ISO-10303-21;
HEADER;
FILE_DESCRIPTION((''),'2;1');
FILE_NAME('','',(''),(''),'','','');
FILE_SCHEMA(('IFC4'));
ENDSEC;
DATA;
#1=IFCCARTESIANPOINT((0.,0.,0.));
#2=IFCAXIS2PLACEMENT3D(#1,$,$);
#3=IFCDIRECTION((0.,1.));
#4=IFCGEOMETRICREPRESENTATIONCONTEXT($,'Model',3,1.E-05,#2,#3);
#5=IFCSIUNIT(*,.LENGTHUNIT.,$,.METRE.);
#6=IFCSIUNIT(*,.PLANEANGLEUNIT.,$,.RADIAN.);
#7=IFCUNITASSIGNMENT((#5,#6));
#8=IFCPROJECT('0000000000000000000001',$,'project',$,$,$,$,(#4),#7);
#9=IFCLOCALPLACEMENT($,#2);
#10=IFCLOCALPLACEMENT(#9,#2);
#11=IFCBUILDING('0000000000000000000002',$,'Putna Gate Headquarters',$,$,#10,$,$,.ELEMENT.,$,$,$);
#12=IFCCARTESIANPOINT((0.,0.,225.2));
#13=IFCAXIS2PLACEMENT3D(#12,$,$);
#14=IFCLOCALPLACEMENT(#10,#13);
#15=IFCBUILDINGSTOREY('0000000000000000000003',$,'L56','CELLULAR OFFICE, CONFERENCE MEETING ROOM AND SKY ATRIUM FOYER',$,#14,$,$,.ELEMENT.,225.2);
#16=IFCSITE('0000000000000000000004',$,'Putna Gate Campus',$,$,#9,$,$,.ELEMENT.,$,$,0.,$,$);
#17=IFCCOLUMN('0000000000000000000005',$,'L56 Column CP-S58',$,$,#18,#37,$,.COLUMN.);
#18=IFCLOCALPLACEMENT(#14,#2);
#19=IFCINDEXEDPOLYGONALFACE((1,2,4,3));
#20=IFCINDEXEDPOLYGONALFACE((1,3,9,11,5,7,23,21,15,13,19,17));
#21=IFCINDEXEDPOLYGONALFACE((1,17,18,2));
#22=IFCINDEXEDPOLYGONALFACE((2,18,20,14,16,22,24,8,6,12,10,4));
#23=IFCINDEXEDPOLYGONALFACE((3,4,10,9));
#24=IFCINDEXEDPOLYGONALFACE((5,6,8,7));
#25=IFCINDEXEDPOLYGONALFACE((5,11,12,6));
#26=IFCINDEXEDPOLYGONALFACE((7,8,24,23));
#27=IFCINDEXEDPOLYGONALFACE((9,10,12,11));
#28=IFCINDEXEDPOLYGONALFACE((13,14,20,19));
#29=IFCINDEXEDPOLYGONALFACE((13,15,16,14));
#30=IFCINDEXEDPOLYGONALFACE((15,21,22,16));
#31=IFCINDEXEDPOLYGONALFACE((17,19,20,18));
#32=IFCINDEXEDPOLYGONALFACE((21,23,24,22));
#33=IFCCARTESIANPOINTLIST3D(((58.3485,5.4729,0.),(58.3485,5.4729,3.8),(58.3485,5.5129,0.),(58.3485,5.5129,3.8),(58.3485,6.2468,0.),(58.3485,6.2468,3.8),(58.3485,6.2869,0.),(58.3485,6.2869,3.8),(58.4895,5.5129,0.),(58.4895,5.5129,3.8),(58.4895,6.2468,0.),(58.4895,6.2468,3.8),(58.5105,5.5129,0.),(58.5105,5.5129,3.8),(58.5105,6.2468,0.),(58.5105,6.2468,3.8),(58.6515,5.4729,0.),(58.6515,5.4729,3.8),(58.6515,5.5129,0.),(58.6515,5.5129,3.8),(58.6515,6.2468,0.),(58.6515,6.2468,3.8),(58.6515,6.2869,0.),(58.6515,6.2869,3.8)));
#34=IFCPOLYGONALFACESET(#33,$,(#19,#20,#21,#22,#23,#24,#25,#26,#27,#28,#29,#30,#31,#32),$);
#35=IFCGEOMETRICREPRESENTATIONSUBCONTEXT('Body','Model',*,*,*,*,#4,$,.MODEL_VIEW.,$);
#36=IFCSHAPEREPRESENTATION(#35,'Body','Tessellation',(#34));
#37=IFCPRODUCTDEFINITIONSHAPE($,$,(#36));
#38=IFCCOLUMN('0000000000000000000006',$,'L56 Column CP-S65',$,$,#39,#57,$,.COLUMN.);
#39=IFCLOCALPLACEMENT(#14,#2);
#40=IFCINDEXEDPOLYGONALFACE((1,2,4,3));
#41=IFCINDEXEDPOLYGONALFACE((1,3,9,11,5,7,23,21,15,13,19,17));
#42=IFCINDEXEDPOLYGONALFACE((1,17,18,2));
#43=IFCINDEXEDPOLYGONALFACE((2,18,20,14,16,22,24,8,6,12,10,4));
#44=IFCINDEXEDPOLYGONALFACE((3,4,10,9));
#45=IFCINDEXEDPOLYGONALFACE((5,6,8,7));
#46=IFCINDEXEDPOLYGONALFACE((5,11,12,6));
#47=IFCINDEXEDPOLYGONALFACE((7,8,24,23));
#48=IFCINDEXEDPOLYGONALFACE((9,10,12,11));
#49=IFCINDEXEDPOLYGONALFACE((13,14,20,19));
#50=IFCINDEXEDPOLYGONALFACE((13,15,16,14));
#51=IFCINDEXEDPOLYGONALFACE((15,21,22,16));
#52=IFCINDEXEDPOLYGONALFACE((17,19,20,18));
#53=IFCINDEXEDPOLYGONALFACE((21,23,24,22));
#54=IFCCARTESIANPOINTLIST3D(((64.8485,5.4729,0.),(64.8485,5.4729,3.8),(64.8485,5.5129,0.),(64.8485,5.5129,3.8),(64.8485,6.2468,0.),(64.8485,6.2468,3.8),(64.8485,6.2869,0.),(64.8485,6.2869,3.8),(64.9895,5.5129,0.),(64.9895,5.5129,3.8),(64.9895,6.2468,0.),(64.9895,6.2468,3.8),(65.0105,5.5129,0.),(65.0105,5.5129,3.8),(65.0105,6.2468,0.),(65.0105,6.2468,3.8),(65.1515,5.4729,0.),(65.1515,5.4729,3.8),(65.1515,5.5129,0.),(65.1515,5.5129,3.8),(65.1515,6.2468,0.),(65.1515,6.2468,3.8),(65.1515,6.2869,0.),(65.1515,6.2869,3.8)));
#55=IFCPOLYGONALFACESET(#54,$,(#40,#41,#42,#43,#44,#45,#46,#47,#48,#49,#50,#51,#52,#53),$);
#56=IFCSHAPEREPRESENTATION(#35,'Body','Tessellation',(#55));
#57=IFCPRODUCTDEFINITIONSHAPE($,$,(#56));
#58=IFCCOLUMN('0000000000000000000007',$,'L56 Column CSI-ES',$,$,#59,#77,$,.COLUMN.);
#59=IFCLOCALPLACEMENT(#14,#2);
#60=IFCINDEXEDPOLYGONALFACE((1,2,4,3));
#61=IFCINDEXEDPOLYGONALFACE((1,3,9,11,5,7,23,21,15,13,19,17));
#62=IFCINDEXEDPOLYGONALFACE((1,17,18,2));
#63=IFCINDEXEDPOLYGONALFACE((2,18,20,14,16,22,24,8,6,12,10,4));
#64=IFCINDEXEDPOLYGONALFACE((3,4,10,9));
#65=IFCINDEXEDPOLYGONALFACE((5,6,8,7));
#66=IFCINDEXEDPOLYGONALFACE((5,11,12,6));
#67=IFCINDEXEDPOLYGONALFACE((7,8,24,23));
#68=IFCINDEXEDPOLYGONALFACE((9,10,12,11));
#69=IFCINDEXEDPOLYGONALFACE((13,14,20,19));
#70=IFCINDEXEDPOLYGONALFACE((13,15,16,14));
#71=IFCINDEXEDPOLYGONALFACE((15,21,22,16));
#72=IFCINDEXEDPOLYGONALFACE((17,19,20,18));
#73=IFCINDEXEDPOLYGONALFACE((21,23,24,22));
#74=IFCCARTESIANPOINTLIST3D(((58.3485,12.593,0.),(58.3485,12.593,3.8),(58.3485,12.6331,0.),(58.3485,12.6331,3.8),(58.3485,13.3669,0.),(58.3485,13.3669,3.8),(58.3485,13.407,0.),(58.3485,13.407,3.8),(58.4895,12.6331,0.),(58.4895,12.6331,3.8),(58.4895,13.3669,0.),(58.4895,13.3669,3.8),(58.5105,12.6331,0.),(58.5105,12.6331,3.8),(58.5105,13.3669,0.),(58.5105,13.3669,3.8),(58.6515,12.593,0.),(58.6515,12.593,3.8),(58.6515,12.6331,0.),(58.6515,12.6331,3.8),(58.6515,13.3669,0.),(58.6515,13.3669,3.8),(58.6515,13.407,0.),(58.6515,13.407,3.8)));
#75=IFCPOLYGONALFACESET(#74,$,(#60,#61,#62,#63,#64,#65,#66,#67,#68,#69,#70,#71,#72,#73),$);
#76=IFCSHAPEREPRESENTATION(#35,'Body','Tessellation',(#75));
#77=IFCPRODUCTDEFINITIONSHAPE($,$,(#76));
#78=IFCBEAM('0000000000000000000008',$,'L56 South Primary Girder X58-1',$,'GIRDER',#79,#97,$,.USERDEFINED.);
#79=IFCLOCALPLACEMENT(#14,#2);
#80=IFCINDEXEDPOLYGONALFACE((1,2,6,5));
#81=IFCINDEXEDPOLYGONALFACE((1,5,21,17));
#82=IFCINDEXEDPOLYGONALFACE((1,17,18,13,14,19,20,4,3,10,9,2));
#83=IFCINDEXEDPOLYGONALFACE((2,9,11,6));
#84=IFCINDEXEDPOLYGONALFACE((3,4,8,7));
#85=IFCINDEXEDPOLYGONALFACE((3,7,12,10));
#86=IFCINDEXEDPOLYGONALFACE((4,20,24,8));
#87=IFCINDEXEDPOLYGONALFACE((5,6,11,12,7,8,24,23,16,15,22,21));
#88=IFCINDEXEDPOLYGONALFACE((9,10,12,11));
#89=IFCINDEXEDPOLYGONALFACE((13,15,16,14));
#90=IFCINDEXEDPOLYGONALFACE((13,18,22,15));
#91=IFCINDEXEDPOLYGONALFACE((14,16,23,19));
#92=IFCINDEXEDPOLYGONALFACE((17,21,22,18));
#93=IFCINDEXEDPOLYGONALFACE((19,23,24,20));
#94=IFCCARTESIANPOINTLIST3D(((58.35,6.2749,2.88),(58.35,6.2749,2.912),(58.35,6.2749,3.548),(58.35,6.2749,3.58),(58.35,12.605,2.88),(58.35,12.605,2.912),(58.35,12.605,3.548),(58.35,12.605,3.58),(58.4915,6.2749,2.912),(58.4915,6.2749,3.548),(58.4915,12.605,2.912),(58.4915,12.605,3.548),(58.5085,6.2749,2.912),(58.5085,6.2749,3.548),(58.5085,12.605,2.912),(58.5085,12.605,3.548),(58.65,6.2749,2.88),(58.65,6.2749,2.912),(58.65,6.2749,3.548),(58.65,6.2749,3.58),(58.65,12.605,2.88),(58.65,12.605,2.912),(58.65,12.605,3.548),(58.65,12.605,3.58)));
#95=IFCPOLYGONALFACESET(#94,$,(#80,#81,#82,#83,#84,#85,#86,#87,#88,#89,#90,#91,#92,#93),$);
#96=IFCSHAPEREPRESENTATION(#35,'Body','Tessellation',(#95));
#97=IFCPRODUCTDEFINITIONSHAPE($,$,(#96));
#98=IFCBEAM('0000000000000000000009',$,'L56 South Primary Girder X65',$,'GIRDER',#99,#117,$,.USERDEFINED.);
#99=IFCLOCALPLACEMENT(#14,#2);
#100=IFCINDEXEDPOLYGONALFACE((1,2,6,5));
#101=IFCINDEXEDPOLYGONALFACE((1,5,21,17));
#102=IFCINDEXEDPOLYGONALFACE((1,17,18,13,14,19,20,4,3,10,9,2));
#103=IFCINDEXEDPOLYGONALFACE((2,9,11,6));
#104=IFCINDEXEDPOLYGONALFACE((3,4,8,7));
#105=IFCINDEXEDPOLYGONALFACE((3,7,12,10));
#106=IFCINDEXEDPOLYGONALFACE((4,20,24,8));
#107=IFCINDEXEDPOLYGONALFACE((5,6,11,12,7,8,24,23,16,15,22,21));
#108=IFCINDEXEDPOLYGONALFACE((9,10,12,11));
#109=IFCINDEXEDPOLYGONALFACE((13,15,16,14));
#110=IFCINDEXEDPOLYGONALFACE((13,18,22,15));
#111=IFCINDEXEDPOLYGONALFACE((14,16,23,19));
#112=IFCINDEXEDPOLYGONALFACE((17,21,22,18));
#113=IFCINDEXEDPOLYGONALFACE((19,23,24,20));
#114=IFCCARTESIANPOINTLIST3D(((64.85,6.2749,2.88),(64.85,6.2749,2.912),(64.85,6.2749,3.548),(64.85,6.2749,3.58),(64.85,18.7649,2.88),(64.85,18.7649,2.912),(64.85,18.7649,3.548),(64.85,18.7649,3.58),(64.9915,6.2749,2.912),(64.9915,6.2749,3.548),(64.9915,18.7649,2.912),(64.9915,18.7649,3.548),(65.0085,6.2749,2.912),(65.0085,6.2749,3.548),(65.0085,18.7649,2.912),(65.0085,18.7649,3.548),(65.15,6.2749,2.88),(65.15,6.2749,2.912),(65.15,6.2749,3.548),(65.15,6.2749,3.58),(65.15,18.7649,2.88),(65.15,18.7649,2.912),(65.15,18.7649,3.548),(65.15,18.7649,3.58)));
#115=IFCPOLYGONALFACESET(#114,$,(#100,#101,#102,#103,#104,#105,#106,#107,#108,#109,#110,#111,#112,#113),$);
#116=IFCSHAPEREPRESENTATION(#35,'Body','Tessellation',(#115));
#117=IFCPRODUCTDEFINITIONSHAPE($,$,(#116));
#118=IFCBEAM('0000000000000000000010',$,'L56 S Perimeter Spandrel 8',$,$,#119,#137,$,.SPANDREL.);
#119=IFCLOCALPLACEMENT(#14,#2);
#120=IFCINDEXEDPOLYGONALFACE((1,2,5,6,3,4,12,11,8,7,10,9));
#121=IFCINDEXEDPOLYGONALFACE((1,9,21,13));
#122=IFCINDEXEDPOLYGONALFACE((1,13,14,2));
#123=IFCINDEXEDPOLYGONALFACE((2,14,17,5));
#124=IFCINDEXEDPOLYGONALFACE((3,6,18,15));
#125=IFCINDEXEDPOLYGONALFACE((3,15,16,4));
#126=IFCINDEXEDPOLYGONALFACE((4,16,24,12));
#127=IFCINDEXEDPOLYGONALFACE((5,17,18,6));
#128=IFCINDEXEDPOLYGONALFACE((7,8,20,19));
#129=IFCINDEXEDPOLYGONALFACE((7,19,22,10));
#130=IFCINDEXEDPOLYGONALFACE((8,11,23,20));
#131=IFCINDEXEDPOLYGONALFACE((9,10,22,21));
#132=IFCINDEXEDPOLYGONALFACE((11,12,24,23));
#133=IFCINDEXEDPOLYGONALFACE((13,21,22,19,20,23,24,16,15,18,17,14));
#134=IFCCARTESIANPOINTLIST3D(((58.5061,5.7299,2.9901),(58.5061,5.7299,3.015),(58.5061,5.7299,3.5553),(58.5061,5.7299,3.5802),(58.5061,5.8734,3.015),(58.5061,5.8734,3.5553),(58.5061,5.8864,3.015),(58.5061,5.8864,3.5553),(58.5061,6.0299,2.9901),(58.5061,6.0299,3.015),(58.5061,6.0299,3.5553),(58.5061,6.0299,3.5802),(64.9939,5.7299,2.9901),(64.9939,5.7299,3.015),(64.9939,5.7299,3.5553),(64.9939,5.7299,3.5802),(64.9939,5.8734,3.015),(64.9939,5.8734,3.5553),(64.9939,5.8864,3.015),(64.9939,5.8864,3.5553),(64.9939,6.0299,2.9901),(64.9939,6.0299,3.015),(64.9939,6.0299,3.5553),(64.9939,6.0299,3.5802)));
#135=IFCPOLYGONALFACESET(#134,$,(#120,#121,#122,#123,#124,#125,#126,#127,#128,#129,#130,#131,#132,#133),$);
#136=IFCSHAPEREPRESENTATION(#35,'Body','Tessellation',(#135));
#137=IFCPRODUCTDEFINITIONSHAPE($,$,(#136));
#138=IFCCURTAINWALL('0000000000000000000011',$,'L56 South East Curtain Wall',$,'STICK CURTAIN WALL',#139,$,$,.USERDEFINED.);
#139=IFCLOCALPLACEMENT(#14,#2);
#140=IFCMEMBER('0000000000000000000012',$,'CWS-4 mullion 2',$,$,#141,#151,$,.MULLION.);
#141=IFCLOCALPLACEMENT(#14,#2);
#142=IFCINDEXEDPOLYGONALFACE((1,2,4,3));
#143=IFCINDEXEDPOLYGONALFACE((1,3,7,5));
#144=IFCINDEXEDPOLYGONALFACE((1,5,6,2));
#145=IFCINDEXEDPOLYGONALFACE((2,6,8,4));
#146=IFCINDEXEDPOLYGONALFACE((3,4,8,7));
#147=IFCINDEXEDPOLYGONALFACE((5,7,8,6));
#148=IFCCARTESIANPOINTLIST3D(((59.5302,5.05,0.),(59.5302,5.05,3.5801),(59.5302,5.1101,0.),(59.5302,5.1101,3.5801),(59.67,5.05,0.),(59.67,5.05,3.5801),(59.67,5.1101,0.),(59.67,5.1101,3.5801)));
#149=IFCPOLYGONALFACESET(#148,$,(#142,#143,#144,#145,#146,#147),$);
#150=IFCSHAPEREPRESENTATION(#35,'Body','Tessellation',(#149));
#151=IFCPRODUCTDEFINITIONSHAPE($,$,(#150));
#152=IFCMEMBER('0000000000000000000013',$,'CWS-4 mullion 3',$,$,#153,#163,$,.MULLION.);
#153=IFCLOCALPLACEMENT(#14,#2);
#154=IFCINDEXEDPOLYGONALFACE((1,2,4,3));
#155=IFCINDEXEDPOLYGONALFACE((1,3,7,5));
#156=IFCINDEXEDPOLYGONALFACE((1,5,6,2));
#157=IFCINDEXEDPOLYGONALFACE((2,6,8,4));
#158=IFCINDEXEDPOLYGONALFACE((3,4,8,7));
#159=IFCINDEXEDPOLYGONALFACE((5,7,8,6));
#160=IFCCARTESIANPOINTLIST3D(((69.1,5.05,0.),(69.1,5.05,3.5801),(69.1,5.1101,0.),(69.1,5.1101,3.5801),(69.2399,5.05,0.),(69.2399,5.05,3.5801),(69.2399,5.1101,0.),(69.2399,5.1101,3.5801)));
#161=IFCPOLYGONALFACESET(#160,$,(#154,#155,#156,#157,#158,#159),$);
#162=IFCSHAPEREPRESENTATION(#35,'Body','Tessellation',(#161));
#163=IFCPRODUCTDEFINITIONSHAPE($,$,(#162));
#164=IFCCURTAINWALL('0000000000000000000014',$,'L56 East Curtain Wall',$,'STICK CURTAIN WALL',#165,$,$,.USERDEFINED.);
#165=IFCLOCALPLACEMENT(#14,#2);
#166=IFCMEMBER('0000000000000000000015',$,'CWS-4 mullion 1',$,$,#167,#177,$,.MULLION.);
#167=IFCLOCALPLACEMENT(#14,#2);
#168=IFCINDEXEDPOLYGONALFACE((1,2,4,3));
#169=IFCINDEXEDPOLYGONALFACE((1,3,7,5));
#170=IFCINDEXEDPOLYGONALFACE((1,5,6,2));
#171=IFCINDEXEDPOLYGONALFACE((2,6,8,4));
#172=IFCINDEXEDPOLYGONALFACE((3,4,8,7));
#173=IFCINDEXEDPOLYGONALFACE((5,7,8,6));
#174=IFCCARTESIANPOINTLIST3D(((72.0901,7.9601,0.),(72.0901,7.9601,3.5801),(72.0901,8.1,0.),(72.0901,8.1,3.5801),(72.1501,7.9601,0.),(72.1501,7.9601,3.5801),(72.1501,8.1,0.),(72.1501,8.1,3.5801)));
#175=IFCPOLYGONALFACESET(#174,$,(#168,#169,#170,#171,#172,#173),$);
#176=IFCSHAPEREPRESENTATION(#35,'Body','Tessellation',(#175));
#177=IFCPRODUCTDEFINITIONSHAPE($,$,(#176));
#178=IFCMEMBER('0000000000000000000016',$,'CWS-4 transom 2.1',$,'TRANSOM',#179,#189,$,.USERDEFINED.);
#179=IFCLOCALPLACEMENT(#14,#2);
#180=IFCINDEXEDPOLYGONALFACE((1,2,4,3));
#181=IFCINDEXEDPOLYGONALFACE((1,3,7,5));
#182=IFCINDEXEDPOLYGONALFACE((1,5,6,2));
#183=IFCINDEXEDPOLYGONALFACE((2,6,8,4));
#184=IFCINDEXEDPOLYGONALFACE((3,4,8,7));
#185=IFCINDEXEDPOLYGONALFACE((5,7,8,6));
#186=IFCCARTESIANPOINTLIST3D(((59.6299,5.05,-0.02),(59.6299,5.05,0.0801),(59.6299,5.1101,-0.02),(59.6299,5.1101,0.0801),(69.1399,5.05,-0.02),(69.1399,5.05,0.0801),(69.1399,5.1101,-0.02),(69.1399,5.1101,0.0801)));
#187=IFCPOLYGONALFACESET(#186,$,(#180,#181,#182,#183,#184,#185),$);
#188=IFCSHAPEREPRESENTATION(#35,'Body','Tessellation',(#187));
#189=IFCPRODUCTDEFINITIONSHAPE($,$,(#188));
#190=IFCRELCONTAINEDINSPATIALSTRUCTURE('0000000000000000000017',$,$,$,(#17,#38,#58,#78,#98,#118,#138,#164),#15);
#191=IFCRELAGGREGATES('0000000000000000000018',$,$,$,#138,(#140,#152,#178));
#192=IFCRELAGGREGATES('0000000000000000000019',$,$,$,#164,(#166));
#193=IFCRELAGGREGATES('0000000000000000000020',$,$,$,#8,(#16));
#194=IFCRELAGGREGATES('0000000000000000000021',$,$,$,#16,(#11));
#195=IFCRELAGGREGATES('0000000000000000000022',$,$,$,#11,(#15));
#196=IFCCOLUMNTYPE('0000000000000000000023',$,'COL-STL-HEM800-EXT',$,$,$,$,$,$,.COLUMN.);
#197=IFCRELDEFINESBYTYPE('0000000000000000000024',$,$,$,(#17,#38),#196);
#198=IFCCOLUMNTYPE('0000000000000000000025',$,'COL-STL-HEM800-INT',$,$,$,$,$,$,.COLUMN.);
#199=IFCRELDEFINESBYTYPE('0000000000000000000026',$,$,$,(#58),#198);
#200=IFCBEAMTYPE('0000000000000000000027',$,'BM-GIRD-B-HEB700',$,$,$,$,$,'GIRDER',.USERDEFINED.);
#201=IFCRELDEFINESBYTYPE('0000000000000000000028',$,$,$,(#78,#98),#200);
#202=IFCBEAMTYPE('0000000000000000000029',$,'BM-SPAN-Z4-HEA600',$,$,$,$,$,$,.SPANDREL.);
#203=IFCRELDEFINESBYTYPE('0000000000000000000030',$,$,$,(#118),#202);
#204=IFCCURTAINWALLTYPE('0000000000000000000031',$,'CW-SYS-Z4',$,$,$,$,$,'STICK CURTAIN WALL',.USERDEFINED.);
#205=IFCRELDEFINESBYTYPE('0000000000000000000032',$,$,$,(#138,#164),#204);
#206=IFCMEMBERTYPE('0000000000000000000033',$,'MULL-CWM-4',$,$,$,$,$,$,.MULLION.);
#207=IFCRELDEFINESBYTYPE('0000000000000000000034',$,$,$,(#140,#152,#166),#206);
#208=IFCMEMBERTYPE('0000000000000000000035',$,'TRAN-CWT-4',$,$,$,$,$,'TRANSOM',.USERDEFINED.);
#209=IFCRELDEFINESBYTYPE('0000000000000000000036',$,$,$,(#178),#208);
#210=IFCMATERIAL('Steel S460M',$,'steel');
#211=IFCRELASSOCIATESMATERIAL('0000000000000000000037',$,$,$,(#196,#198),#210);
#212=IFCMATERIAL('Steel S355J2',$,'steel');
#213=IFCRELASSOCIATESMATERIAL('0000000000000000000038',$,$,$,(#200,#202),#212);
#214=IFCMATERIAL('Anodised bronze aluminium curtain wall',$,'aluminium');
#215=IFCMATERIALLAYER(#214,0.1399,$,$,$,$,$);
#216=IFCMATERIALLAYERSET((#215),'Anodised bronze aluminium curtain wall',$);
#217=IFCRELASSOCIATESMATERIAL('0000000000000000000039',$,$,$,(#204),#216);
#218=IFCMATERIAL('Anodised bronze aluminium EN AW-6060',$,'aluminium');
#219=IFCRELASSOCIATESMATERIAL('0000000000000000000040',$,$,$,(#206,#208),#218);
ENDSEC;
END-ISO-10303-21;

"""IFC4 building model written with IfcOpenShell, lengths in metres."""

from ifc_helpers import new_model, si_unit, direction, frame, origin, origin_2d, place, context, subcontext, project, spatial, rectangle, i_section, extrude, material, layer, layer_set, material_profile, profile_set, type_object, element, aggregate, save


model = new_model("IFC4")

# Units and contexts
model_context = context("Model", 3, precision=1e-05, world=origin(), true_north=direction((0.0, 1.0)))
body_context = subcontext(model_context, "Body", "Model", "MODEL_VIEW")
ifc_project = project(units=[si_unit("LENGTHUNIT", "METRE"), si_unit("PLANEANGLEUNIT", "RADIAN")], contexts=[model_context])

# Site, building, storey
site_placement = place(None, origin())
site = spatial("IfcSite", under=ifc_project, at=site_placement, Name="Putna Gate Campus", CompositionType="ELEMENT", RefElevation=0.0)
building_placement = place(site_placement, origin())
building = spatial("IfcBuilding", under=site, at=building_placement, Name="Putna Gate Headquarters", CompositionType="ELEMENT")
storey_placement = place(building_placement, frame((0.0, 0.0, 225.2)))
storey = spatial("IfcBuildingStorey", under=building, at=storey_placement, Name="L56", Description="CELLULAR OFFICE, CONFERENCE MEETING ROOM AND SKY ATRIUM FOYER", CompositionType="ELEMENT", Elevation=225.2)

# Columns
ifc_material_1 = material(Name="Steel S460M", Category="steel")
ifc_material_profile_1 = material_profile(ifc_material_1, i_section(OverallWidth=0.303, OverallDepth=0.814, WebThickness=0.021, FlangeThickness=0.04, at=origin_2d()), Name="Steel S460M")
ifc_profile_set_1 = profile_set([ifc_material_profile_1], Name="Steel S460M")
column_type_1 = type_object("IfcColumnType", Name="COL-STL-HEM800-EXT", PredefinedType="COLUMN", material=ifc_profile_set_1)
for number, where, z_axis, x_axis, name in (
    (1, (58.5, 5.8799, 0.0), (0.0, 0.0, 1.0), (1.0, 0.0, 0.0), "L56 Column CP-S58"),
    (2, (65.0, 5.8799, 0.0), (0.0, 0.0, 1.0), (1.0, 0.0, 0.0), "L56 Column CP-S65"),
):
    element("IfcColumn", number, at=place(storey_placement, frame(where, z_axis=z_axis, x_axis=x_axis)), inside=storey, type_object=column_type_1, Name=name, PredefinedType="COLUMN", context=body_context, shape_type="SweptSolid", body=[
        extrude(i_section(OverallWidth=0.303, OverallDepth=0.814, WebThickness=0.021, FlangeThickness=0.04, at=origin_2d()), origin(), (0.0, 0.0, 1.0), 3.8),
    ])
ifc_material_profile_2 = material_profile(ifc_material_1, i_section(OverallWidth=0.303, OverallDepth=0.814, WebThickness=0.021, FlangeThickness=0.04, at=origin_2d()), Name="Steel S460M")
ifc_profile_set_2 = profile_set([ifc_material_profile_2], Name="Steel S460M")
column_type_2 = type_object("IfcColumnType", Name="COL-STL-HEM800-INT", PredefinedType="COLUMN", material=ifc_profile_set_2)
column_placement = place(storey_placement, frame((58.5, 13.0, 0.0), z_axis=(0.0, 0.0, 1.0), x_axis=(1.0, 0.0, 0.0)))
element("IfcColumn", 3, at=column_placement, inside=storey, type_object=column_type_2, Name="L56 Column CSI-ES", PredefinedType="COLUMN", context=body_context, shape_type="SweptSolid", body=[
    extrude(i_section(OverallWidth=0.303, OverallDepth=0.814, WebThickness=0.021, FlangeThickness=0.04, at=origin_2d()), origin(), (0.0, 0.0, 1.0), 3.8),
])

# Beams
ifc_material_2 = material(Name="Steel S355J2", Category="steel")
ifc_material_profile_3 = material_profile(ifc_material_2, i_section(OverallWidth=0.3, OverallDepth=0.7, WebThickness=0.0171, FlangeThickness=0.032, at=origin_2d()), Name="Steel S355J2")
ifc_profile_set_3 = profile_set([ifc_material_profile_3], Name="Steel S355J2")
beam_type_1 = type_object("IfcBeamType", Name="BM-GIRD-B-HEB700", ElementType="GIRDER", PredefinedType="USERDEFINED", material=ifc_profile_set_3)
beam_1_placement = place(storey_placement, frame((58.5, 6.2749, 3.23), z_axis=(0.0, 1.0, 0.0), x_axis=(-1.0, 0.0, 0.0)))
element("IfcBeam", 4, at=beam_1_placement, inside=storey, type_object=beam_type_1, Name="L56 South Primary Girder X58-1", ObjectType="GIRDER", PredefinedType="USERDEFINED", context=body_context, shape_type="SweptSolid", body=[
    extrude(i_section(OverallWidth=0.3, OverallDepth=0.7, WebThickness=0.0171, FlangeThickness=0.032, at=origin_2d()), origin(), (0.0, 0.0, 1.0), 6.3301),
])
beam_2_placement = place(storey_placement, frame((65.0, 6.2749, 3.23), z_axis=(0.0, 1.0, 0.0), x_axis=(-1.0, 0.0, 0.0)))
element("IfcBeam", 5, at=beam_2_placement, inside=storey, type_object=beam_type_1, Name="L56 South Primary Girder X65", ObjectType="GIRDER", PredefinedType="USERDEFINED", context=body_context, shape_type="SweptSolid", body=[
    extrude(i_section(OverallWidth=0.3, OverallDepth=0.7, WebThickness=0.0171, FlangeThickness=0.032, at=origin_2d()), origin(), (0.0, 0.0, 1.0), 12.49),
])
ifc_material_profile_4 = material_profile(ifc_material_2, i_section(OverallWidth=0.3, OverallDepth=0.5901, WebThickness=0.0129, FlangeThickness=0.0249, at=origin_2d()), Name="Steel S355J2")
ifc_profile_set_4 = profile_set([ifc_material_profile_4], Name="Steel S355J2")
beam_type_2 = type_object("IfcBeamType", Name="BM-SPAN-Z4-HEA600", PredefinedType="SPANDREL", material=ifc_profile_set_4)
beam_3_placement = place(storey_placement, frame((58.5061, 5.8799, 3.2852), z_axis=(1.0, 0.0, 0.0), x_axis=(0.0, 1.0, 0.0)))
element("IfcBeam", 6, at=beam_3_placement, inside=storey, type_object=beam_type_2, Name="L56 S Perimeter Spandrel 8", PredefinedType="SPANDREL", context=body_context, shape_type="SweptSolid", body=[
    extrude(i_section(OverallWidth=0.3, OverallDepth=0.5901, WebThickness=0.0129, FlangeThickness=0.0249, at=origin_2d()), origin(), (0.0, 0.0, 1.0), 6.4878),
])

# Curtain wall, members
ifc_material_3 = material(Name="Anodised bronze aluminium curtain wall", Category="aluminium")
ifc_layer_1 = layer(ifc_material_3, 0.1399)
ifc_layer_set_1 = layer_set([ifc_layer_1], Name="Anodised bronze aluminium curtain wall")
curtain_wall_type = type_object("IfcCurtainWallType", Name="CW-SYS-Z4", ElementType="STICK CURTAIN WALL", PredefinedType="USERDEFINED", material=ifc_layer_set_1)
curtain_wall_1_placement = place(storey_placement, origin())
curtain_wall_1 = element("IfcCurtainWall", 7, at=curtain_wall_1_placement, inside=storey, type_object=curtain_wall_type, Name="L56 South East Curtain Wall", ObjectType="STICK CURTAIN WALL", PredefinedType="USERDEFINED")
ifc_material_4 = material(Name="Anodised bronze aluminium EN AW-6060", Category="aluminium")
ifc_material_profile_5 = material_profile(ifc_material_4, rectangle(XDim=0.0601, YDim=0.1399, at=origin_2d()), Name="Anodised bronze aluminium EN AW-6060")
ifc_profile_set_5 = profile_set([ifc_material_profile_5], Name="Anodised bronze aluminium EN AW-6060")
member_type_1 = type_object("IfcMemberType", Name="MULL-CWM-4", PredefinedType="MULLION", material=ifc_profile_set_5)
member_1_placement = place(storey_placement, frame((59.6001, 5.0801, 0.0), z_axis=(0.0, 0.0, 1.0), x_axis=(0.0, 1.0, 0.0)))
member_1 = element("IfcMember", 8, at=member_1_placement, type_object=member_type_1, Name="CWS-4 mullion 2", PredefinedType="MULLION", context=body_context, shape_type="SweptSolid", body=[
    extrude(rectangle(XDim=0.0601, YDim=0.1399, at=origin_2d()), origin(), (0.0, 0.0, 1.0), 3.5801),
])
member_2_placement = place(storey_placement, frame((69.1699, 5.0801, 0.0), z_axis=(0.0, 0.0, 1.0), x_axis=(0.0, 1.0, 0.0)))
member_2 = element("IfcMember", 9, at=member_2_placement, type_object=member_type_1, Name="CWS-4 mullion 3", PredefinedType="MULLION", context=body_context, shape_type="SweptSolid", body=[
    extrude(rectangle(XDim=0.0601, YDim=0.1399, at=origin_2d()), origin(), (0.0, 0.0, 1.0), 3.5801),
])

# Curtain wall, member
curtain_wall_2_placement = place(storey_placement, origin())
curtain_wall_2 = element("IfcCurtainWall", 10, at=curtain_wall_2_placement, inside=storey, type_object=curtain_wall_type, Name="L56 East Curtain Wall", ObjectType="STICK CURTAIN WALL", PredefinedType="USERDEFINED")
member_3_placement = place(storey_placement, frame((72.1201, 8.03, 0.0), z_axis=(0.0, 0.0, 1.0), x_axis=(-1.0, 0.0, 0.0)))
member_3 = element("IfcMember", 11, at=member_3_placement, type_object=member_type_1, Name="CWS-4 mullion 1", PredefinedType="MULLION", context=body_context, shape_type="SweptSolid", body=[
    extrude(rectangle(XDim=0.0601, YDim=0.1399, at=origin_2d()), origin(), (0.0, 0.0, 1.0), 3.5801),
])

# Member
ifc_material_profile_6 = material_profile(ifc_material_4, rectangle(XDim=0.0601, YDim=0.1001, at=origin_2d()), Name="Anodised bronze aluminium EN AW-6060")
ifc_profile_set_6 = profile_set([ifc_material_profile_6], Name="Anodised bronze aluminium EN AW-6060")
member_type_2 = type_object("IfcMemberType", Name="TRAN-CWT-4", ElementType="TRANSOM", PredefinedType="USERDEFINED", material=ifc_profile_set_6)
member_4_placement = place(storey_placement, frame((59.6299, 5.0801, 0.03), z_axis=(1.0, 0.0, 0.0), x_axis=(0.0, 1.0, 0.0)))
member_4 = element("IfcMember", 12, at=member_4_placement, type_object=member_type_2, Name="CWS-4 transom 2.1", ObjectType="TRANSOM", PredefinedType="USERDEFINED", context=body_context, shape_type="SweptSolid", body=[
    extrude(rectangle(XDim=0.0601, YDim=0.1001, at=origin_2d()), origin(), (0.0, 0.0, 1.0), 9.51),
])

aggregate(curtain_wall_1, [member_1, member_2, member_4])
aggregate(curtain_wall_2, [member_3])

save(model, "model.ifc")
